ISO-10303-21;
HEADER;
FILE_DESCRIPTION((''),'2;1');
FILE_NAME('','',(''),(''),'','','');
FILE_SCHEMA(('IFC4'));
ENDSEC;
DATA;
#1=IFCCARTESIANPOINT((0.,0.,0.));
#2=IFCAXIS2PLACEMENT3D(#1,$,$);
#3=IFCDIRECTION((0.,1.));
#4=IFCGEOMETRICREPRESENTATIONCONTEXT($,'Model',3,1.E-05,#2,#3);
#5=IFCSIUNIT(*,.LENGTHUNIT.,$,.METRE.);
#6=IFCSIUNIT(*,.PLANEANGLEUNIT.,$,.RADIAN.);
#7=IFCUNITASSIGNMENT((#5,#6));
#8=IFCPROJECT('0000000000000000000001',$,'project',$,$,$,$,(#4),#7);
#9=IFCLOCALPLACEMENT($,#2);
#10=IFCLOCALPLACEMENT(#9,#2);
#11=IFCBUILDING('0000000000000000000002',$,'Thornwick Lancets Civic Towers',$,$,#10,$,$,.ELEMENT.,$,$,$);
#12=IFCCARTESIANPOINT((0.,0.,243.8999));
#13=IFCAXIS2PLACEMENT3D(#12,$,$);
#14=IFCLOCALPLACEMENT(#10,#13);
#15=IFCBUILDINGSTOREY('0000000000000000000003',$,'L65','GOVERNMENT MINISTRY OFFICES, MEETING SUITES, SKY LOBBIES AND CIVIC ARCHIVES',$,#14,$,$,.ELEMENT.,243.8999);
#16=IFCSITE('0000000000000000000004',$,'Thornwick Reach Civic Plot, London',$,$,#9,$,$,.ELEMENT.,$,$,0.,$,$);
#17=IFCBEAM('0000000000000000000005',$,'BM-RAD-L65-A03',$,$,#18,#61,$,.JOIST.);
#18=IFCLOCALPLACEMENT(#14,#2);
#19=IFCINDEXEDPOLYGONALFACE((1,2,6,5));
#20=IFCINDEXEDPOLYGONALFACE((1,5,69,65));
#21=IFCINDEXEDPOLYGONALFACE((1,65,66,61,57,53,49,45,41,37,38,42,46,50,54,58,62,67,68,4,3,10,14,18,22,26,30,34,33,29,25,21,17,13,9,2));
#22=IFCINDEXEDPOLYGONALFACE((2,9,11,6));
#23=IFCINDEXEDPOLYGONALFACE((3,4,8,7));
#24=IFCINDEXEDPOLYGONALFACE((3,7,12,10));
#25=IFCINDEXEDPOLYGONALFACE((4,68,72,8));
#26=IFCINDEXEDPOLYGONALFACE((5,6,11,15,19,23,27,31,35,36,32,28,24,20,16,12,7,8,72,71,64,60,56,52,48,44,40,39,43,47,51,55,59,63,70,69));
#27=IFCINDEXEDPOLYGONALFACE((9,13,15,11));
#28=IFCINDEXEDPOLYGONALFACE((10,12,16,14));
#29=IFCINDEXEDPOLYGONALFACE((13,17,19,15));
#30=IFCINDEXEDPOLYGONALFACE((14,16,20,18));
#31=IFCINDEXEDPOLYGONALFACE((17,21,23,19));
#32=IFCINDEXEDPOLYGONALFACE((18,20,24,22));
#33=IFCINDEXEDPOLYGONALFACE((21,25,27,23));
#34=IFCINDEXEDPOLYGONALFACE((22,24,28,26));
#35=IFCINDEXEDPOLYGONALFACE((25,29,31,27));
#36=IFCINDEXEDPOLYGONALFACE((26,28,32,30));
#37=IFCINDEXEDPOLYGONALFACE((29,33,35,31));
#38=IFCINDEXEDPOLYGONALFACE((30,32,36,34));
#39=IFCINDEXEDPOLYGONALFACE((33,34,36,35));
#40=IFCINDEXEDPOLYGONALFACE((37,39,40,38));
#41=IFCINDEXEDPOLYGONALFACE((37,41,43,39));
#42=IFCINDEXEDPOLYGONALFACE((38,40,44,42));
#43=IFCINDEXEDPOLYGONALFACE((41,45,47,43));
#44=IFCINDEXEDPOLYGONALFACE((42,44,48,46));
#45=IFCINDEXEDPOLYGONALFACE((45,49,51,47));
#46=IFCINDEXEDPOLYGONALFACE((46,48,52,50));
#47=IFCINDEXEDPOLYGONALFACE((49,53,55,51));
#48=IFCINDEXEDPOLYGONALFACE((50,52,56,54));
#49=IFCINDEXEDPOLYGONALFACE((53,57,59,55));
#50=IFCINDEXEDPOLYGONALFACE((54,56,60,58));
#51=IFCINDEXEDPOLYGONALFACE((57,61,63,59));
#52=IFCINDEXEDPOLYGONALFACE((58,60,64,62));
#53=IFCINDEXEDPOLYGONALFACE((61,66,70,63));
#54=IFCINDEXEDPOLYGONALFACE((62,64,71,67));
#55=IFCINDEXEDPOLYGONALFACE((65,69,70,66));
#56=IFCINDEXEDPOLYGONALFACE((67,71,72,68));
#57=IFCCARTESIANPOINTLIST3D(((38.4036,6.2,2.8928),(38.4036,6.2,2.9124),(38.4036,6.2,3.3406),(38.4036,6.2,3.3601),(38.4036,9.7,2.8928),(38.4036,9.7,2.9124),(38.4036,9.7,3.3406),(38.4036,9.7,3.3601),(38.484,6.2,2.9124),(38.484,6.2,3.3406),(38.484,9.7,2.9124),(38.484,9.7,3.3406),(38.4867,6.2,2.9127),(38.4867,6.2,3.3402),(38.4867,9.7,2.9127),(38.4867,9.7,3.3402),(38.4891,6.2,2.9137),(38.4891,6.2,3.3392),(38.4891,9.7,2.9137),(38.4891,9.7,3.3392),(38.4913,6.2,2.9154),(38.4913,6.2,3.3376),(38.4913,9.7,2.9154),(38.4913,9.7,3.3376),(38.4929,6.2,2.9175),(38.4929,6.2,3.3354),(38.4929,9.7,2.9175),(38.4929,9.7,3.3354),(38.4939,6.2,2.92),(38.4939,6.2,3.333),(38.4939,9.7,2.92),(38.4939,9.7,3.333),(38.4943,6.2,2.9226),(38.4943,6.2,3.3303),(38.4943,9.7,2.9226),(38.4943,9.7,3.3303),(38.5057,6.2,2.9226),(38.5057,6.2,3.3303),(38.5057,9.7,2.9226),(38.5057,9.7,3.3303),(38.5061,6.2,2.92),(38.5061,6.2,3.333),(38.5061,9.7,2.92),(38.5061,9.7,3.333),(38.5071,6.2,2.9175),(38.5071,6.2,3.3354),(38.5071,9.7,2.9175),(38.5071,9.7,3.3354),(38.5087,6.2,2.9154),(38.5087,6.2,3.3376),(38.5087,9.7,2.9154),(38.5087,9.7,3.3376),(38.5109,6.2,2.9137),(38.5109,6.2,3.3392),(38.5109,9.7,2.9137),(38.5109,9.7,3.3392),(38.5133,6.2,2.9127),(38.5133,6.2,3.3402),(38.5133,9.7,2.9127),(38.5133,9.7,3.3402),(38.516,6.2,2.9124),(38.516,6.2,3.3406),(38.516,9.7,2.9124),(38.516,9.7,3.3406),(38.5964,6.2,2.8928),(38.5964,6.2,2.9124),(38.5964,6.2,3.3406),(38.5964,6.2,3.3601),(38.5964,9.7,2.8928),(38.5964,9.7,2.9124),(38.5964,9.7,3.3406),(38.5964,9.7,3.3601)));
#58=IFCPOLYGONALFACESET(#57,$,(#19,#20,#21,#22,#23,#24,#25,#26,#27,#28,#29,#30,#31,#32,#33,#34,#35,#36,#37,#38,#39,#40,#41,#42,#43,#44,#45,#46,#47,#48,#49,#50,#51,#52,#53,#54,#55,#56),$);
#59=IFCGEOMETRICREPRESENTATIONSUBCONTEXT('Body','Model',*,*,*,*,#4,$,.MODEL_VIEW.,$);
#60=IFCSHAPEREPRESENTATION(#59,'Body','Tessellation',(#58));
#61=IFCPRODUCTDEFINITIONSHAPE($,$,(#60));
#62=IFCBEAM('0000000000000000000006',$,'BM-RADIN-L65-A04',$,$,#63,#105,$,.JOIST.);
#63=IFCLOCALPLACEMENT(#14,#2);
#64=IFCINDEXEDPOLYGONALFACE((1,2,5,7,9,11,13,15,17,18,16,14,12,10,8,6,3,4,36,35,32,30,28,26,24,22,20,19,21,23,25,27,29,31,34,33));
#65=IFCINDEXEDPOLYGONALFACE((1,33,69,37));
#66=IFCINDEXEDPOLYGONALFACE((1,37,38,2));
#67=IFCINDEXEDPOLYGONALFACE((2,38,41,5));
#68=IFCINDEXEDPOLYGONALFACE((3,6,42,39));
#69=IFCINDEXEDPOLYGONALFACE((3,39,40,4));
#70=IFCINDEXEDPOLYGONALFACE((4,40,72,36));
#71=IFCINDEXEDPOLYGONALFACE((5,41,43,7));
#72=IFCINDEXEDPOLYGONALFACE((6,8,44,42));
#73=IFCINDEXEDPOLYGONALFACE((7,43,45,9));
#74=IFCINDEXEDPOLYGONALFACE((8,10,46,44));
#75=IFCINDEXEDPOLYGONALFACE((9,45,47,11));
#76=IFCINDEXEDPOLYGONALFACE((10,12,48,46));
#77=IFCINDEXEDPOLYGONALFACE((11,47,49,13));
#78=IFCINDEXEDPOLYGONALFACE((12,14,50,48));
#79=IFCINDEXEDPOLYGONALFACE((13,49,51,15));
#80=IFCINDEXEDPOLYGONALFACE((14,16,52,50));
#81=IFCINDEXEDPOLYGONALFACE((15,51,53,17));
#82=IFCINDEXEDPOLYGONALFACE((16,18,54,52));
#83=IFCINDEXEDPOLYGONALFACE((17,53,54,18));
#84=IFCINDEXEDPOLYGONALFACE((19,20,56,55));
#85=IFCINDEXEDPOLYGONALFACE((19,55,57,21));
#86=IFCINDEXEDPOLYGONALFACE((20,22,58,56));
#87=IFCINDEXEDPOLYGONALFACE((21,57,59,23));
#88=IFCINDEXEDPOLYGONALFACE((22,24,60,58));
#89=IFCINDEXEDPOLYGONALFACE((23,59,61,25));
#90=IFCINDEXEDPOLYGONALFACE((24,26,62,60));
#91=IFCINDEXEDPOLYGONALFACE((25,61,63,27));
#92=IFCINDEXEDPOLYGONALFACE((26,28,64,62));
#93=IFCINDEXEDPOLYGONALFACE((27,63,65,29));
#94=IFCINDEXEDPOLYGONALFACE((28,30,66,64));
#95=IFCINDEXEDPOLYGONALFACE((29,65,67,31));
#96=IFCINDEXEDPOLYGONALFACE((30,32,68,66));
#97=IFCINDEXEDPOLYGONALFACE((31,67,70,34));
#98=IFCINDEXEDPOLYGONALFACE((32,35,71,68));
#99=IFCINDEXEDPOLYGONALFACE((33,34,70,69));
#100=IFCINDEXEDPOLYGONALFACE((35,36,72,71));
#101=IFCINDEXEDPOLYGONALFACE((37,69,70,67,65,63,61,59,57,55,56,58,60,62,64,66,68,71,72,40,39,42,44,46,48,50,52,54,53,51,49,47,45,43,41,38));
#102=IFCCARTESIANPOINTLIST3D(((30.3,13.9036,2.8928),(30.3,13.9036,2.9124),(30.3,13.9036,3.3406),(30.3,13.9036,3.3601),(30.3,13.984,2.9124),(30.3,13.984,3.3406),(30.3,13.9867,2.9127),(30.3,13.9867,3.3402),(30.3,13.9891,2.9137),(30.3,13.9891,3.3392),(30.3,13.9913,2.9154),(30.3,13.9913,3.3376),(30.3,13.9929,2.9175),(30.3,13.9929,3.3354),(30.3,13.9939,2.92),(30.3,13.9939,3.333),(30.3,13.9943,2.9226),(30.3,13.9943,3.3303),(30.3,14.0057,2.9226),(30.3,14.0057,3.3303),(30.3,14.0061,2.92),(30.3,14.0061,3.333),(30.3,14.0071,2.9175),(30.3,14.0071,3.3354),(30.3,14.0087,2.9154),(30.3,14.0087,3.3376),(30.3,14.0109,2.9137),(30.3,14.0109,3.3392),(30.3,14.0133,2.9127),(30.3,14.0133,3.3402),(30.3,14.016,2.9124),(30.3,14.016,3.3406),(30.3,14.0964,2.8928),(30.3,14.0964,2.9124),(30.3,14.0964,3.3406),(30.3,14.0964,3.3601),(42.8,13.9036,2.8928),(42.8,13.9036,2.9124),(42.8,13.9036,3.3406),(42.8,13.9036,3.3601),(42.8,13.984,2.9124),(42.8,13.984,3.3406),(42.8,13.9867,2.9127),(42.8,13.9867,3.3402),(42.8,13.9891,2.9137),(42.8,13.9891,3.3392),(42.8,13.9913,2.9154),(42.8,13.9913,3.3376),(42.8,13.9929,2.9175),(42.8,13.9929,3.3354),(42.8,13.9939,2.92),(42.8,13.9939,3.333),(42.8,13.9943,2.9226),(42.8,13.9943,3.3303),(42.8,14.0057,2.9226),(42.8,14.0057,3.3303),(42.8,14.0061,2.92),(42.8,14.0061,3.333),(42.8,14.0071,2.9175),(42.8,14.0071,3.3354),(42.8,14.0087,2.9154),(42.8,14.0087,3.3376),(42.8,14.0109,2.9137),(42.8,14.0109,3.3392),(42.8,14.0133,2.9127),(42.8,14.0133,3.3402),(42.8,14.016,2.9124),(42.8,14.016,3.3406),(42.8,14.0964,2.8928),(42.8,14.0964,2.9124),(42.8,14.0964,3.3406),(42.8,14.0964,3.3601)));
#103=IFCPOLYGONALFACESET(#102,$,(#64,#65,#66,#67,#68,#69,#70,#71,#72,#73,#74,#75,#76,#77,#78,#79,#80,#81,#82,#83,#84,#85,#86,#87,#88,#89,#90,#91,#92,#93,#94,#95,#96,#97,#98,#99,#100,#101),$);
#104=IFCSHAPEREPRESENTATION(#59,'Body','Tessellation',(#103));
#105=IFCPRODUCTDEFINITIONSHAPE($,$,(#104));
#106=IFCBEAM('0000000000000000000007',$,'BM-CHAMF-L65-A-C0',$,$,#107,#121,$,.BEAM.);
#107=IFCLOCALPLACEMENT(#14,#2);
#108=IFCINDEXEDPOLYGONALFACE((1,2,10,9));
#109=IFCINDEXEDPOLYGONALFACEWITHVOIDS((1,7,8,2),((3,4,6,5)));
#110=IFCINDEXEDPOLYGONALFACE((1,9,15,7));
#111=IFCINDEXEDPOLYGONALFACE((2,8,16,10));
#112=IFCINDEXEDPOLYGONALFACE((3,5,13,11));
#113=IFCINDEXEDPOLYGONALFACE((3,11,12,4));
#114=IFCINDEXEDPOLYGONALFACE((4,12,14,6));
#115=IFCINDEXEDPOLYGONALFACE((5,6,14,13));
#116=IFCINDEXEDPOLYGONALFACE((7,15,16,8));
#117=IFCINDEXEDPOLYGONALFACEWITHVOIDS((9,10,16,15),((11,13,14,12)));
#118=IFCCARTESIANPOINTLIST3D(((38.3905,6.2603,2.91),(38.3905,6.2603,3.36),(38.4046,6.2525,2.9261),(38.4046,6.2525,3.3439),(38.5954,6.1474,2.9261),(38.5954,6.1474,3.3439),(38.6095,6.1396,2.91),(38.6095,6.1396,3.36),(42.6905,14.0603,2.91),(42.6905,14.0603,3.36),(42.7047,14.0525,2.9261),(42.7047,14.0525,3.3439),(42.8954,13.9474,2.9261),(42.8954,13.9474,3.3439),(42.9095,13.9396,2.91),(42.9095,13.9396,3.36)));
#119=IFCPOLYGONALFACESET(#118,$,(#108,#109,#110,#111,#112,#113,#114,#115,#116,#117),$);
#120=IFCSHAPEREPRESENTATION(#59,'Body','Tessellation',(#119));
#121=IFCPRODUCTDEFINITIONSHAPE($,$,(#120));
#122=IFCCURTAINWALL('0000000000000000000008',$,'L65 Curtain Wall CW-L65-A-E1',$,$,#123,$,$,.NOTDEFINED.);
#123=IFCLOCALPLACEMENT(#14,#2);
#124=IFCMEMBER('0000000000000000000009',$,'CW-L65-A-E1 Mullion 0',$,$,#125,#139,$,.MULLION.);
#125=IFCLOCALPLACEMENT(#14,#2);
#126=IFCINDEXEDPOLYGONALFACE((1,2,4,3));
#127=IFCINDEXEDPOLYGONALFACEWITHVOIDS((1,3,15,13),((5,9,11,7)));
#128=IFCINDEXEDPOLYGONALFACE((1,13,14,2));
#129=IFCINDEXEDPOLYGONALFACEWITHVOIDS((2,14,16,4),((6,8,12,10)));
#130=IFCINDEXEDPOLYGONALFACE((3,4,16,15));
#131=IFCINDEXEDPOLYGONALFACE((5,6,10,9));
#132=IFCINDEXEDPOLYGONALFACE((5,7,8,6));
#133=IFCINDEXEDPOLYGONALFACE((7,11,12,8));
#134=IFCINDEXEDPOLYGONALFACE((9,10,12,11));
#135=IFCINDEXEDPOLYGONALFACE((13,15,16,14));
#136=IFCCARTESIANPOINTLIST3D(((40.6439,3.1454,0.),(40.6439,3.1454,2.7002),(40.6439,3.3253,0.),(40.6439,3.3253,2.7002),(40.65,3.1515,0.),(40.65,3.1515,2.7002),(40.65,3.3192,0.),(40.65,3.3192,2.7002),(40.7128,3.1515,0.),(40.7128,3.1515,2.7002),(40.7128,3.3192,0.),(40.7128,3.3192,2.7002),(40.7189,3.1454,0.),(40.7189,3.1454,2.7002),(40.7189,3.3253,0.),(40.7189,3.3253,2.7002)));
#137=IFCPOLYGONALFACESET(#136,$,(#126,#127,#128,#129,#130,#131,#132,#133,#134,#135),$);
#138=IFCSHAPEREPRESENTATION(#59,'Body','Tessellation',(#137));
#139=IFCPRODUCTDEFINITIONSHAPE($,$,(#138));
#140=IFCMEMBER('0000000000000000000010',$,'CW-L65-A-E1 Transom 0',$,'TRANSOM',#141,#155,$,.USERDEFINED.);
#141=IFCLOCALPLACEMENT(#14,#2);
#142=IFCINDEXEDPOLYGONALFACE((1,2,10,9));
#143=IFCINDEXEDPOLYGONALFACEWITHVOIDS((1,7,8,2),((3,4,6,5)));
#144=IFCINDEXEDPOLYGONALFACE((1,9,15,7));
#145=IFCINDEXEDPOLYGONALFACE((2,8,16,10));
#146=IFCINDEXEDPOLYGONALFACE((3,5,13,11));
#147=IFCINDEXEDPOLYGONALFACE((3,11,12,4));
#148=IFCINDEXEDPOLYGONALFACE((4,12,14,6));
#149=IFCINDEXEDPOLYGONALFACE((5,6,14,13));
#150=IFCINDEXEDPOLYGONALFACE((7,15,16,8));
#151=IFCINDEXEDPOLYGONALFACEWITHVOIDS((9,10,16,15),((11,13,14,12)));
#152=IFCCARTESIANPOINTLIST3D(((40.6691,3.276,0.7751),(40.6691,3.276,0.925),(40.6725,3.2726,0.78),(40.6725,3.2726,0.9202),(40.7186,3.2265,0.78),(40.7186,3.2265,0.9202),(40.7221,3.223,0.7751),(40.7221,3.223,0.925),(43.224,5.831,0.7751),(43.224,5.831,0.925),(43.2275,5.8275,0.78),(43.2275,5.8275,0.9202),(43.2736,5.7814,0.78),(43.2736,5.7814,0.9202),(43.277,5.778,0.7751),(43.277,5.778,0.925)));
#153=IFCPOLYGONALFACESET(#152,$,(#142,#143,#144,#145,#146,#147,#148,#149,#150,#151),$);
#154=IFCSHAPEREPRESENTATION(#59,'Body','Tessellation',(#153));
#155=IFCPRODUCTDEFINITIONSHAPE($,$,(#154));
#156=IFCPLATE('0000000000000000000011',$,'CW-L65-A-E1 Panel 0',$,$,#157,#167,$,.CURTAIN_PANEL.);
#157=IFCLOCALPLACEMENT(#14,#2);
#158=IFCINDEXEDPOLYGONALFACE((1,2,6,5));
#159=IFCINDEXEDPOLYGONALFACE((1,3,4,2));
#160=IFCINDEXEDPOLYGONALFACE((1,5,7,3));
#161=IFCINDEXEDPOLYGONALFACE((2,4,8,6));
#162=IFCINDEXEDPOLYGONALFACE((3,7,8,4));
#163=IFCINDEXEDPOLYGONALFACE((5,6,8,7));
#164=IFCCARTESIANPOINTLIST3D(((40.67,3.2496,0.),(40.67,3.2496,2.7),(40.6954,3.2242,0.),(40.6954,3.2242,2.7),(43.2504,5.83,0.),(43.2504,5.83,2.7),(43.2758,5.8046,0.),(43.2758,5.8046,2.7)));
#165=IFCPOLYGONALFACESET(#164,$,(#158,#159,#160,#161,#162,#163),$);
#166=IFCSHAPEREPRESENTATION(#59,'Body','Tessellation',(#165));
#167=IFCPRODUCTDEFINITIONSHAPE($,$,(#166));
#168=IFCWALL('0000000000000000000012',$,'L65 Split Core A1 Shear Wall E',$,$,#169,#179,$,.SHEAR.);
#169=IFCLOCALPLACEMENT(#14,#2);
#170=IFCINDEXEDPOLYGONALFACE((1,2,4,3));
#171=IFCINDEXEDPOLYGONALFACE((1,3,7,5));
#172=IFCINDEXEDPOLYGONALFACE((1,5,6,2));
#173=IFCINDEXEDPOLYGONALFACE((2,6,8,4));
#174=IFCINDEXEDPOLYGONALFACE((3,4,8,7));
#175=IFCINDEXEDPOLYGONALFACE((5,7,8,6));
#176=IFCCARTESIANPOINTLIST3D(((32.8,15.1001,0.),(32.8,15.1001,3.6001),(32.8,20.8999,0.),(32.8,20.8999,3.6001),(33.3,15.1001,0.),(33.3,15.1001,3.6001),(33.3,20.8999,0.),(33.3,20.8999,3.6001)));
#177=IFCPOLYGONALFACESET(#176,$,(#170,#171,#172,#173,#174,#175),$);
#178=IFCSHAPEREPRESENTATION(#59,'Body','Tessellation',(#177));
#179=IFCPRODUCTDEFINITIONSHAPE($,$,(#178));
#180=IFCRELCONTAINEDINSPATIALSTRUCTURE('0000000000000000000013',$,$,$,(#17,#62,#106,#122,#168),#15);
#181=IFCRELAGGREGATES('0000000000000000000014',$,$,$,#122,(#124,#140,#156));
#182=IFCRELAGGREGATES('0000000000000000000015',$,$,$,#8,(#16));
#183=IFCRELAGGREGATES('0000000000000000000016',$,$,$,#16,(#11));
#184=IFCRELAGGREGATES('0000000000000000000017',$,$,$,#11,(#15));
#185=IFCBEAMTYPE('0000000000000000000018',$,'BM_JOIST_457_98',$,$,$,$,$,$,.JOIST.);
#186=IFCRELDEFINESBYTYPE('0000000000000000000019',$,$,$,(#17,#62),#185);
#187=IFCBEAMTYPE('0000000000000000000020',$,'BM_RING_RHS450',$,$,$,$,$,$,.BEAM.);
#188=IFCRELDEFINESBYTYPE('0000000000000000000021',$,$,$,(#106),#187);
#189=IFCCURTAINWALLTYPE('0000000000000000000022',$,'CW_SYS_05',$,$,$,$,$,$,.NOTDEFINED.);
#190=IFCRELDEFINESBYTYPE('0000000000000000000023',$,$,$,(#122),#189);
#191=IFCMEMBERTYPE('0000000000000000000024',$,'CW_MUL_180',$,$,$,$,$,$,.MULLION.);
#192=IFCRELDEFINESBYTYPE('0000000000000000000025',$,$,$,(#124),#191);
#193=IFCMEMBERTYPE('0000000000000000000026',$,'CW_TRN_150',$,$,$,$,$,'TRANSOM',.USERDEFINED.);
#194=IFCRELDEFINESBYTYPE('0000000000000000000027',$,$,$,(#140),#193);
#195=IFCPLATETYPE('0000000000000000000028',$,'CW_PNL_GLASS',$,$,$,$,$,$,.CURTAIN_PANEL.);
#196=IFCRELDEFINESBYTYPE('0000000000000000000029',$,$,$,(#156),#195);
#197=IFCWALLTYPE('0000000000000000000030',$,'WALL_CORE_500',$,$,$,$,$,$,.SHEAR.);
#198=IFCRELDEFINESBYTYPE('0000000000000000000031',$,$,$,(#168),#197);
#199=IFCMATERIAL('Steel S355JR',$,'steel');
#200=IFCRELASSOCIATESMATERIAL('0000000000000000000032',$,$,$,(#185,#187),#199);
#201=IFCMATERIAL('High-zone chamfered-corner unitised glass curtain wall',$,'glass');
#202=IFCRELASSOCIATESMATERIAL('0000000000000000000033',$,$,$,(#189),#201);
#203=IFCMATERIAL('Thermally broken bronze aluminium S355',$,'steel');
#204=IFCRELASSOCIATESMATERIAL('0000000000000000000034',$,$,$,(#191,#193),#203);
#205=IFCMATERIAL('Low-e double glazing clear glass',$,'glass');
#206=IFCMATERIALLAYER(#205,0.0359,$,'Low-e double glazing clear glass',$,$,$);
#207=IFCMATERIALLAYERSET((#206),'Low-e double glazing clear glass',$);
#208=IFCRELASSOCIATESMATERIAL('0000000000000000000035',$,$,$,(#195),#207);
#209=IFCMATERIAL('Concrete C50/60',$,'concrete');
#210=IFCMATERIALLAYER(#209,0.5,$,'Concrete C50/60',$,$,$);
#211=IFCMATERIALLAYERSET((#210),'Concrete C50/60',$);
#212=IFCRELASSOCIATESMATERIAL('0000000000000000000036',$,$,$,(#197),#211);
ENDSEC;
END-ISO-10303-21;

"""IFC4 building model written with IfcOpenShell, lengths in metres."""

from ifc_helpers import new_model, si_unit, direction, frame, frame_2d, origin, origin_2d, place, context, subcontext, project, spatial, rectangle, hollow_rectangle, i_section, extrude, material, layer, layer_set, material_profile, profile_set, type_object, element, aggregate, save


model = new_model("IFC4")

# Units and contexts
model_context = context("Model", 3, precision=1e-05, world=origin(), true_north=direction((0.0, 1.0)))
body_context = subcontext(model_context, "Body", "Model", "MODEL_VIEW")
ifc_project = project(units=[si_unit("LENGTHUNIT", "METRE"), si_unit("PLANEANGLEUNIT", "RADIAN")], contexts=[model_context])

# Site, building, storey
site_placement = place(None, origin())
site = spatial("IfcSite", under=ifc_project, at=site_placement, Name="Thornwick Reach Civic Plot, London", CompositionType="ELEMENT", RefElevation=0.0)
building_placement = place(site_placement, origin())
building = spatial("IfcBuilding", under=site, at=building_placement, Name="Thornwick Lancets Civic Towers", CompositionType="ELEMENT")
storey_placement = place(building_placement, frame((0.0, 0.0, 243.8999)))
storey = spatial("IfcBuildingStorey", under=building, at=storey_placement, Name="L65", Description="GOVERNMENT MINISTRY OFFICES, MEETING SUITES, SKY LOBBIES AND CIVIC ARCHIVES", CompositionType="ELEMENT", Elevation=243.8999)

# Shared definitions
ifc_material_1 = material(Name="Concrete C50/60", Category="concrete")
ifc_material_2 = material(Name="Steel S355JR", Category="steel")

# Beams
ifc_material_profile_1 = material_profile(ifc_material_2, i_section(OverallWidth=0.1929, OverallDepth=0.4673, WebThickness=0.0115, FlangeThickness=0.0195, FilletRadius=0.0103, at=origin_2d()), Name="UKB 457x191x98")
ifc_profile_set_1 = profile_set([ifc_material_profile_1], Name="Steel S355JR")
beam_type_1 = type_object("IfcBeamType", Name="BM_JOIST_457_98", PredefinedType="JOIST", material=ifc_profile_set_1)
beam_1_placement = place(storey_placement, frame((38.5, 9.7, 3.1265), z_axis=(0.0, -1.0, 0.0), x_axis=(1.0, 0.0, 0.0)))
element("IfcBeam", 1, at=beam_1_placement, inside=storey, type_object=beam_type_1, Name="BM-RAD-L65-A03", PredefinedType="JOIST", context=body_context, shape_type="SweptSolid", body=[
    extrude(i_section(OverallWidth=0.1929, OverallDepth=0.4673, WebThickness=0.0115, FlangeThickness=0.0195, FilletRadius=0.0103, at=origin_2d()), origin(), (0.0, 0.0, 1.0), 3.5),
])
beam_2_placement = place(storey_placement, frame((30.3, 14.0, 3.1265), z_axis=(1.0, 0.0, 0.0), x_axis=(0.0, 1.0, 0.0)))
element("IfcBeam", 2, at=beam_2_placement, inside=storey, type_object=beam_type_1, Name="BM-RADIN-L65-A04", PredefinedType="JOIST", context=body_context, shape_type="SweptSolid", body=[
    extrude(i_section(OverallWidth=0.1929, OverallDepth=0.4673, WebThickness=0.0115, FlangeThickness=0.0195, FilletRadius=0.0103, at=origin_2d()), origin(), (0.0, 0.0, 1.0), 12.5),
])
ifc_material_profile_2 = material_profile(ifc_material_2, hollow_rectangle(XDim=0.25, YDim=0.45, WallThickness=0.0161, at=origin_2d()), Name="RHS 450x250x16")
ifc_profile_set_2 = profile_set([ifc_material_profile_2], Name="Steel S355JR")
beam_type_2 = type_object("IfcBeamType", Name="BM_RING_RHS450", PredefinedType="BEAM", material=ifc_profile_set_2)
beam_3_placement = place(storey_placement, frame((38.5, 6.2, 3.135), z_axis=(0.482782, 0.87574, 0.0), x_axis=(-0.87574, 0.482782, 0.0)))
element("IfcBeam", 3, at=beam_3_placement, inside=storey, type_object=beam_type_2, Name="BM-CHAMF-L65-A-C0", PredefinedType="BEAM", context=body_context, shape_type="SweptSolid", body=[
    extrude(hollow_rectangle(XDim=0.25, YDim=0.45, WallThickness=0.0161, at=origin_2d()), origin(), (0.0, 0.0, 1.0), 8.9067),
])

# Curtain wall, members, plate
ifc_material_3 = material(Name="High-zone chamfered-corner unitised glass curtain wall", Category="glass")
curtain_wall_type = type_object("IfcCurtainWallType", Name="CW_SYS_05", PredefinedType="NOTDEFINED", material=ifc_material_3)
curtain_wall_placement = place(storey_placement, origin())
curtain_wall = element("IfcCurtainWall", 4, at=curtain_wall_placement, inside=storey, type_object=curtain_wall_type, Name="L65 Curtain Wall CW-L65-A-E1", PredefinedType="NOTDEFINED")
ifc_material_4 = material(Name="Thermally broken bronze aluminium S355", Category="steel")
ifc_material_profile_3 = material_profile(ifc_material_4, hollow_rectangle(XDim=0.075, YDim=0.1799, WallThickness=0.0061, at=origin_2d()), Name="RHS 180x75x6")
ifc_profile_set_3 = profile_set([ifc_material_profile_3], Name="Thermally broken bronze aluminium S355")
member_type_1 = type_object("IfcMemberType", Name="CW_MUL_180", PredefinedType="MULLION", material=ifc_profile_set_3)
member_1_placement = place(storey_placement, frame((40.6814, 3.2354, 0.0), z_axis=(0.0, 0.0, 1.0), x_axis=(1.0, 0.0, 0.0)))
member_1 = element("IfcMember", 5, at=member_1_placement, type_object=member_type_1, Name="CW-L65-A-E1 Mullion 0", PredefinedType="MULLION", context=body_context, shape_type="SweptSolid", body=[
    extrude(hollow_rectangle(XDim=0.075, YDim=0.1799, WallThickness=0.0061, at=origin_2d()), origin(), (0.0, 0.0, 1.0), 2.7002),
])
ifc_material_profile_4 = material_profile(ifc_material_4, hollow_rectangle(XDim=0.075, YDim=0.1499, WallThickness=0.0049, at=origin_2d()), Name="RHS 150x75x5")
ifc_profile_set_4 = profile_set([ifc_material_profile_4], Name="Thermally broken bronze aluminium S355")
member_type_2 = type_object("IfcMemberType", Name="CW_TRN_150", ElementType="TRANSOM", PredefinedType="USERDEFINED", material=ifc_profile_set_4)
member_2_placement = place(storey_placement, frame((40.6956, 3.2495, 0.8501), z_axis=(0.707107, 0.707107, 0.0), x_axis=(-0.707107, 0.707107, 0.0)))
member_2 = element("IfcMember", 6, at=member_2_placement, type_object=member_type_2, Name="CW-L65-A-E1 Transom 0", ObjectType="TRANSOM", PredefinedType="USERDEFINED", context=body_context, shape_type="SweptSolid", body=[
    extrude(hollow_rectangle(XDim=0.075, YDim=0.1499, WallThickness=0.0049, at=origin_2d()), origin(), (0.0, 0.0, 1.0), 3.6133),
])
ifc_material_5 = material(Name="Low-e double glazing clear glass", Category="glass")
ifc_layer_1 = layer(ifc_material_5, 0.0359, Name="Low-e double glazing clear glass")
ifc_layer_set_1 = layer_set([ifc_layer_1], Name="Low-e double glazing clear glass")
plate_type = type_object("IfcPlateType", Name="CW_PNL_GLASS", PredefinedType="CURTAIN_PANEL", material=ifc_layer_set_1)
plate_placement = place(storey_placement, frame((41.9729, 4.5271, 0.0), z_axis=(0.0, 0.0, 1.0), x_axis=(0.707107, 0.707107, 0.0)))
plate = element("IfcPlate", 7, at=plate_placement, type_object=plate_type, Name="CW-L65-A-E1 Panel 0", PredefinedType="CURTAIN_PANEL", context=body_context, shape_type="SweptSolid", body=[
    extrude(rectangle(XDim=3.6492, YDim=0.0359, at=origin_2d()), origin(), (0.0, 0.0, 1.0), 2.7),
])
aggregate(curtain_wall, [member_1, member_2, plate])

# Wall
ifc_layer_2 = layer(ifc_material_1, 0.5, Name="Concrete C50/60")
ifc_layer_set_2 = layer_set([ifc_layer_2], Name="Concrete C50/60")
wall_type_1 = type_object("IfcWallType", Name="WALL_CORE_500", PredefinedType="SHEAR", material=ifc_layer_set_2)
wall_1_placement = place(storey_placement, frame((33.05, 15.1001, 0.0), z_axis=(0.0, 0.0, 1.0), x_axis=(0.0, 1.0, 0.0)))
element("IfcWall", 8, at=wall_1_placement, inside=storey, type_object=wall_type_1, Name="L65 Split Core A1 Shear Wall E", PredefinedType="SHEAR", context=body_context, shape_type="SweptSolid", body=[
    extrude(rectangle(XDim=5.7998, YDim=0.5, at=frame_2d((2.8999, 0.0))), origin(), (0.0, 0.0, 1.0), 3.6001),
])

save(model, "model.ifc")
